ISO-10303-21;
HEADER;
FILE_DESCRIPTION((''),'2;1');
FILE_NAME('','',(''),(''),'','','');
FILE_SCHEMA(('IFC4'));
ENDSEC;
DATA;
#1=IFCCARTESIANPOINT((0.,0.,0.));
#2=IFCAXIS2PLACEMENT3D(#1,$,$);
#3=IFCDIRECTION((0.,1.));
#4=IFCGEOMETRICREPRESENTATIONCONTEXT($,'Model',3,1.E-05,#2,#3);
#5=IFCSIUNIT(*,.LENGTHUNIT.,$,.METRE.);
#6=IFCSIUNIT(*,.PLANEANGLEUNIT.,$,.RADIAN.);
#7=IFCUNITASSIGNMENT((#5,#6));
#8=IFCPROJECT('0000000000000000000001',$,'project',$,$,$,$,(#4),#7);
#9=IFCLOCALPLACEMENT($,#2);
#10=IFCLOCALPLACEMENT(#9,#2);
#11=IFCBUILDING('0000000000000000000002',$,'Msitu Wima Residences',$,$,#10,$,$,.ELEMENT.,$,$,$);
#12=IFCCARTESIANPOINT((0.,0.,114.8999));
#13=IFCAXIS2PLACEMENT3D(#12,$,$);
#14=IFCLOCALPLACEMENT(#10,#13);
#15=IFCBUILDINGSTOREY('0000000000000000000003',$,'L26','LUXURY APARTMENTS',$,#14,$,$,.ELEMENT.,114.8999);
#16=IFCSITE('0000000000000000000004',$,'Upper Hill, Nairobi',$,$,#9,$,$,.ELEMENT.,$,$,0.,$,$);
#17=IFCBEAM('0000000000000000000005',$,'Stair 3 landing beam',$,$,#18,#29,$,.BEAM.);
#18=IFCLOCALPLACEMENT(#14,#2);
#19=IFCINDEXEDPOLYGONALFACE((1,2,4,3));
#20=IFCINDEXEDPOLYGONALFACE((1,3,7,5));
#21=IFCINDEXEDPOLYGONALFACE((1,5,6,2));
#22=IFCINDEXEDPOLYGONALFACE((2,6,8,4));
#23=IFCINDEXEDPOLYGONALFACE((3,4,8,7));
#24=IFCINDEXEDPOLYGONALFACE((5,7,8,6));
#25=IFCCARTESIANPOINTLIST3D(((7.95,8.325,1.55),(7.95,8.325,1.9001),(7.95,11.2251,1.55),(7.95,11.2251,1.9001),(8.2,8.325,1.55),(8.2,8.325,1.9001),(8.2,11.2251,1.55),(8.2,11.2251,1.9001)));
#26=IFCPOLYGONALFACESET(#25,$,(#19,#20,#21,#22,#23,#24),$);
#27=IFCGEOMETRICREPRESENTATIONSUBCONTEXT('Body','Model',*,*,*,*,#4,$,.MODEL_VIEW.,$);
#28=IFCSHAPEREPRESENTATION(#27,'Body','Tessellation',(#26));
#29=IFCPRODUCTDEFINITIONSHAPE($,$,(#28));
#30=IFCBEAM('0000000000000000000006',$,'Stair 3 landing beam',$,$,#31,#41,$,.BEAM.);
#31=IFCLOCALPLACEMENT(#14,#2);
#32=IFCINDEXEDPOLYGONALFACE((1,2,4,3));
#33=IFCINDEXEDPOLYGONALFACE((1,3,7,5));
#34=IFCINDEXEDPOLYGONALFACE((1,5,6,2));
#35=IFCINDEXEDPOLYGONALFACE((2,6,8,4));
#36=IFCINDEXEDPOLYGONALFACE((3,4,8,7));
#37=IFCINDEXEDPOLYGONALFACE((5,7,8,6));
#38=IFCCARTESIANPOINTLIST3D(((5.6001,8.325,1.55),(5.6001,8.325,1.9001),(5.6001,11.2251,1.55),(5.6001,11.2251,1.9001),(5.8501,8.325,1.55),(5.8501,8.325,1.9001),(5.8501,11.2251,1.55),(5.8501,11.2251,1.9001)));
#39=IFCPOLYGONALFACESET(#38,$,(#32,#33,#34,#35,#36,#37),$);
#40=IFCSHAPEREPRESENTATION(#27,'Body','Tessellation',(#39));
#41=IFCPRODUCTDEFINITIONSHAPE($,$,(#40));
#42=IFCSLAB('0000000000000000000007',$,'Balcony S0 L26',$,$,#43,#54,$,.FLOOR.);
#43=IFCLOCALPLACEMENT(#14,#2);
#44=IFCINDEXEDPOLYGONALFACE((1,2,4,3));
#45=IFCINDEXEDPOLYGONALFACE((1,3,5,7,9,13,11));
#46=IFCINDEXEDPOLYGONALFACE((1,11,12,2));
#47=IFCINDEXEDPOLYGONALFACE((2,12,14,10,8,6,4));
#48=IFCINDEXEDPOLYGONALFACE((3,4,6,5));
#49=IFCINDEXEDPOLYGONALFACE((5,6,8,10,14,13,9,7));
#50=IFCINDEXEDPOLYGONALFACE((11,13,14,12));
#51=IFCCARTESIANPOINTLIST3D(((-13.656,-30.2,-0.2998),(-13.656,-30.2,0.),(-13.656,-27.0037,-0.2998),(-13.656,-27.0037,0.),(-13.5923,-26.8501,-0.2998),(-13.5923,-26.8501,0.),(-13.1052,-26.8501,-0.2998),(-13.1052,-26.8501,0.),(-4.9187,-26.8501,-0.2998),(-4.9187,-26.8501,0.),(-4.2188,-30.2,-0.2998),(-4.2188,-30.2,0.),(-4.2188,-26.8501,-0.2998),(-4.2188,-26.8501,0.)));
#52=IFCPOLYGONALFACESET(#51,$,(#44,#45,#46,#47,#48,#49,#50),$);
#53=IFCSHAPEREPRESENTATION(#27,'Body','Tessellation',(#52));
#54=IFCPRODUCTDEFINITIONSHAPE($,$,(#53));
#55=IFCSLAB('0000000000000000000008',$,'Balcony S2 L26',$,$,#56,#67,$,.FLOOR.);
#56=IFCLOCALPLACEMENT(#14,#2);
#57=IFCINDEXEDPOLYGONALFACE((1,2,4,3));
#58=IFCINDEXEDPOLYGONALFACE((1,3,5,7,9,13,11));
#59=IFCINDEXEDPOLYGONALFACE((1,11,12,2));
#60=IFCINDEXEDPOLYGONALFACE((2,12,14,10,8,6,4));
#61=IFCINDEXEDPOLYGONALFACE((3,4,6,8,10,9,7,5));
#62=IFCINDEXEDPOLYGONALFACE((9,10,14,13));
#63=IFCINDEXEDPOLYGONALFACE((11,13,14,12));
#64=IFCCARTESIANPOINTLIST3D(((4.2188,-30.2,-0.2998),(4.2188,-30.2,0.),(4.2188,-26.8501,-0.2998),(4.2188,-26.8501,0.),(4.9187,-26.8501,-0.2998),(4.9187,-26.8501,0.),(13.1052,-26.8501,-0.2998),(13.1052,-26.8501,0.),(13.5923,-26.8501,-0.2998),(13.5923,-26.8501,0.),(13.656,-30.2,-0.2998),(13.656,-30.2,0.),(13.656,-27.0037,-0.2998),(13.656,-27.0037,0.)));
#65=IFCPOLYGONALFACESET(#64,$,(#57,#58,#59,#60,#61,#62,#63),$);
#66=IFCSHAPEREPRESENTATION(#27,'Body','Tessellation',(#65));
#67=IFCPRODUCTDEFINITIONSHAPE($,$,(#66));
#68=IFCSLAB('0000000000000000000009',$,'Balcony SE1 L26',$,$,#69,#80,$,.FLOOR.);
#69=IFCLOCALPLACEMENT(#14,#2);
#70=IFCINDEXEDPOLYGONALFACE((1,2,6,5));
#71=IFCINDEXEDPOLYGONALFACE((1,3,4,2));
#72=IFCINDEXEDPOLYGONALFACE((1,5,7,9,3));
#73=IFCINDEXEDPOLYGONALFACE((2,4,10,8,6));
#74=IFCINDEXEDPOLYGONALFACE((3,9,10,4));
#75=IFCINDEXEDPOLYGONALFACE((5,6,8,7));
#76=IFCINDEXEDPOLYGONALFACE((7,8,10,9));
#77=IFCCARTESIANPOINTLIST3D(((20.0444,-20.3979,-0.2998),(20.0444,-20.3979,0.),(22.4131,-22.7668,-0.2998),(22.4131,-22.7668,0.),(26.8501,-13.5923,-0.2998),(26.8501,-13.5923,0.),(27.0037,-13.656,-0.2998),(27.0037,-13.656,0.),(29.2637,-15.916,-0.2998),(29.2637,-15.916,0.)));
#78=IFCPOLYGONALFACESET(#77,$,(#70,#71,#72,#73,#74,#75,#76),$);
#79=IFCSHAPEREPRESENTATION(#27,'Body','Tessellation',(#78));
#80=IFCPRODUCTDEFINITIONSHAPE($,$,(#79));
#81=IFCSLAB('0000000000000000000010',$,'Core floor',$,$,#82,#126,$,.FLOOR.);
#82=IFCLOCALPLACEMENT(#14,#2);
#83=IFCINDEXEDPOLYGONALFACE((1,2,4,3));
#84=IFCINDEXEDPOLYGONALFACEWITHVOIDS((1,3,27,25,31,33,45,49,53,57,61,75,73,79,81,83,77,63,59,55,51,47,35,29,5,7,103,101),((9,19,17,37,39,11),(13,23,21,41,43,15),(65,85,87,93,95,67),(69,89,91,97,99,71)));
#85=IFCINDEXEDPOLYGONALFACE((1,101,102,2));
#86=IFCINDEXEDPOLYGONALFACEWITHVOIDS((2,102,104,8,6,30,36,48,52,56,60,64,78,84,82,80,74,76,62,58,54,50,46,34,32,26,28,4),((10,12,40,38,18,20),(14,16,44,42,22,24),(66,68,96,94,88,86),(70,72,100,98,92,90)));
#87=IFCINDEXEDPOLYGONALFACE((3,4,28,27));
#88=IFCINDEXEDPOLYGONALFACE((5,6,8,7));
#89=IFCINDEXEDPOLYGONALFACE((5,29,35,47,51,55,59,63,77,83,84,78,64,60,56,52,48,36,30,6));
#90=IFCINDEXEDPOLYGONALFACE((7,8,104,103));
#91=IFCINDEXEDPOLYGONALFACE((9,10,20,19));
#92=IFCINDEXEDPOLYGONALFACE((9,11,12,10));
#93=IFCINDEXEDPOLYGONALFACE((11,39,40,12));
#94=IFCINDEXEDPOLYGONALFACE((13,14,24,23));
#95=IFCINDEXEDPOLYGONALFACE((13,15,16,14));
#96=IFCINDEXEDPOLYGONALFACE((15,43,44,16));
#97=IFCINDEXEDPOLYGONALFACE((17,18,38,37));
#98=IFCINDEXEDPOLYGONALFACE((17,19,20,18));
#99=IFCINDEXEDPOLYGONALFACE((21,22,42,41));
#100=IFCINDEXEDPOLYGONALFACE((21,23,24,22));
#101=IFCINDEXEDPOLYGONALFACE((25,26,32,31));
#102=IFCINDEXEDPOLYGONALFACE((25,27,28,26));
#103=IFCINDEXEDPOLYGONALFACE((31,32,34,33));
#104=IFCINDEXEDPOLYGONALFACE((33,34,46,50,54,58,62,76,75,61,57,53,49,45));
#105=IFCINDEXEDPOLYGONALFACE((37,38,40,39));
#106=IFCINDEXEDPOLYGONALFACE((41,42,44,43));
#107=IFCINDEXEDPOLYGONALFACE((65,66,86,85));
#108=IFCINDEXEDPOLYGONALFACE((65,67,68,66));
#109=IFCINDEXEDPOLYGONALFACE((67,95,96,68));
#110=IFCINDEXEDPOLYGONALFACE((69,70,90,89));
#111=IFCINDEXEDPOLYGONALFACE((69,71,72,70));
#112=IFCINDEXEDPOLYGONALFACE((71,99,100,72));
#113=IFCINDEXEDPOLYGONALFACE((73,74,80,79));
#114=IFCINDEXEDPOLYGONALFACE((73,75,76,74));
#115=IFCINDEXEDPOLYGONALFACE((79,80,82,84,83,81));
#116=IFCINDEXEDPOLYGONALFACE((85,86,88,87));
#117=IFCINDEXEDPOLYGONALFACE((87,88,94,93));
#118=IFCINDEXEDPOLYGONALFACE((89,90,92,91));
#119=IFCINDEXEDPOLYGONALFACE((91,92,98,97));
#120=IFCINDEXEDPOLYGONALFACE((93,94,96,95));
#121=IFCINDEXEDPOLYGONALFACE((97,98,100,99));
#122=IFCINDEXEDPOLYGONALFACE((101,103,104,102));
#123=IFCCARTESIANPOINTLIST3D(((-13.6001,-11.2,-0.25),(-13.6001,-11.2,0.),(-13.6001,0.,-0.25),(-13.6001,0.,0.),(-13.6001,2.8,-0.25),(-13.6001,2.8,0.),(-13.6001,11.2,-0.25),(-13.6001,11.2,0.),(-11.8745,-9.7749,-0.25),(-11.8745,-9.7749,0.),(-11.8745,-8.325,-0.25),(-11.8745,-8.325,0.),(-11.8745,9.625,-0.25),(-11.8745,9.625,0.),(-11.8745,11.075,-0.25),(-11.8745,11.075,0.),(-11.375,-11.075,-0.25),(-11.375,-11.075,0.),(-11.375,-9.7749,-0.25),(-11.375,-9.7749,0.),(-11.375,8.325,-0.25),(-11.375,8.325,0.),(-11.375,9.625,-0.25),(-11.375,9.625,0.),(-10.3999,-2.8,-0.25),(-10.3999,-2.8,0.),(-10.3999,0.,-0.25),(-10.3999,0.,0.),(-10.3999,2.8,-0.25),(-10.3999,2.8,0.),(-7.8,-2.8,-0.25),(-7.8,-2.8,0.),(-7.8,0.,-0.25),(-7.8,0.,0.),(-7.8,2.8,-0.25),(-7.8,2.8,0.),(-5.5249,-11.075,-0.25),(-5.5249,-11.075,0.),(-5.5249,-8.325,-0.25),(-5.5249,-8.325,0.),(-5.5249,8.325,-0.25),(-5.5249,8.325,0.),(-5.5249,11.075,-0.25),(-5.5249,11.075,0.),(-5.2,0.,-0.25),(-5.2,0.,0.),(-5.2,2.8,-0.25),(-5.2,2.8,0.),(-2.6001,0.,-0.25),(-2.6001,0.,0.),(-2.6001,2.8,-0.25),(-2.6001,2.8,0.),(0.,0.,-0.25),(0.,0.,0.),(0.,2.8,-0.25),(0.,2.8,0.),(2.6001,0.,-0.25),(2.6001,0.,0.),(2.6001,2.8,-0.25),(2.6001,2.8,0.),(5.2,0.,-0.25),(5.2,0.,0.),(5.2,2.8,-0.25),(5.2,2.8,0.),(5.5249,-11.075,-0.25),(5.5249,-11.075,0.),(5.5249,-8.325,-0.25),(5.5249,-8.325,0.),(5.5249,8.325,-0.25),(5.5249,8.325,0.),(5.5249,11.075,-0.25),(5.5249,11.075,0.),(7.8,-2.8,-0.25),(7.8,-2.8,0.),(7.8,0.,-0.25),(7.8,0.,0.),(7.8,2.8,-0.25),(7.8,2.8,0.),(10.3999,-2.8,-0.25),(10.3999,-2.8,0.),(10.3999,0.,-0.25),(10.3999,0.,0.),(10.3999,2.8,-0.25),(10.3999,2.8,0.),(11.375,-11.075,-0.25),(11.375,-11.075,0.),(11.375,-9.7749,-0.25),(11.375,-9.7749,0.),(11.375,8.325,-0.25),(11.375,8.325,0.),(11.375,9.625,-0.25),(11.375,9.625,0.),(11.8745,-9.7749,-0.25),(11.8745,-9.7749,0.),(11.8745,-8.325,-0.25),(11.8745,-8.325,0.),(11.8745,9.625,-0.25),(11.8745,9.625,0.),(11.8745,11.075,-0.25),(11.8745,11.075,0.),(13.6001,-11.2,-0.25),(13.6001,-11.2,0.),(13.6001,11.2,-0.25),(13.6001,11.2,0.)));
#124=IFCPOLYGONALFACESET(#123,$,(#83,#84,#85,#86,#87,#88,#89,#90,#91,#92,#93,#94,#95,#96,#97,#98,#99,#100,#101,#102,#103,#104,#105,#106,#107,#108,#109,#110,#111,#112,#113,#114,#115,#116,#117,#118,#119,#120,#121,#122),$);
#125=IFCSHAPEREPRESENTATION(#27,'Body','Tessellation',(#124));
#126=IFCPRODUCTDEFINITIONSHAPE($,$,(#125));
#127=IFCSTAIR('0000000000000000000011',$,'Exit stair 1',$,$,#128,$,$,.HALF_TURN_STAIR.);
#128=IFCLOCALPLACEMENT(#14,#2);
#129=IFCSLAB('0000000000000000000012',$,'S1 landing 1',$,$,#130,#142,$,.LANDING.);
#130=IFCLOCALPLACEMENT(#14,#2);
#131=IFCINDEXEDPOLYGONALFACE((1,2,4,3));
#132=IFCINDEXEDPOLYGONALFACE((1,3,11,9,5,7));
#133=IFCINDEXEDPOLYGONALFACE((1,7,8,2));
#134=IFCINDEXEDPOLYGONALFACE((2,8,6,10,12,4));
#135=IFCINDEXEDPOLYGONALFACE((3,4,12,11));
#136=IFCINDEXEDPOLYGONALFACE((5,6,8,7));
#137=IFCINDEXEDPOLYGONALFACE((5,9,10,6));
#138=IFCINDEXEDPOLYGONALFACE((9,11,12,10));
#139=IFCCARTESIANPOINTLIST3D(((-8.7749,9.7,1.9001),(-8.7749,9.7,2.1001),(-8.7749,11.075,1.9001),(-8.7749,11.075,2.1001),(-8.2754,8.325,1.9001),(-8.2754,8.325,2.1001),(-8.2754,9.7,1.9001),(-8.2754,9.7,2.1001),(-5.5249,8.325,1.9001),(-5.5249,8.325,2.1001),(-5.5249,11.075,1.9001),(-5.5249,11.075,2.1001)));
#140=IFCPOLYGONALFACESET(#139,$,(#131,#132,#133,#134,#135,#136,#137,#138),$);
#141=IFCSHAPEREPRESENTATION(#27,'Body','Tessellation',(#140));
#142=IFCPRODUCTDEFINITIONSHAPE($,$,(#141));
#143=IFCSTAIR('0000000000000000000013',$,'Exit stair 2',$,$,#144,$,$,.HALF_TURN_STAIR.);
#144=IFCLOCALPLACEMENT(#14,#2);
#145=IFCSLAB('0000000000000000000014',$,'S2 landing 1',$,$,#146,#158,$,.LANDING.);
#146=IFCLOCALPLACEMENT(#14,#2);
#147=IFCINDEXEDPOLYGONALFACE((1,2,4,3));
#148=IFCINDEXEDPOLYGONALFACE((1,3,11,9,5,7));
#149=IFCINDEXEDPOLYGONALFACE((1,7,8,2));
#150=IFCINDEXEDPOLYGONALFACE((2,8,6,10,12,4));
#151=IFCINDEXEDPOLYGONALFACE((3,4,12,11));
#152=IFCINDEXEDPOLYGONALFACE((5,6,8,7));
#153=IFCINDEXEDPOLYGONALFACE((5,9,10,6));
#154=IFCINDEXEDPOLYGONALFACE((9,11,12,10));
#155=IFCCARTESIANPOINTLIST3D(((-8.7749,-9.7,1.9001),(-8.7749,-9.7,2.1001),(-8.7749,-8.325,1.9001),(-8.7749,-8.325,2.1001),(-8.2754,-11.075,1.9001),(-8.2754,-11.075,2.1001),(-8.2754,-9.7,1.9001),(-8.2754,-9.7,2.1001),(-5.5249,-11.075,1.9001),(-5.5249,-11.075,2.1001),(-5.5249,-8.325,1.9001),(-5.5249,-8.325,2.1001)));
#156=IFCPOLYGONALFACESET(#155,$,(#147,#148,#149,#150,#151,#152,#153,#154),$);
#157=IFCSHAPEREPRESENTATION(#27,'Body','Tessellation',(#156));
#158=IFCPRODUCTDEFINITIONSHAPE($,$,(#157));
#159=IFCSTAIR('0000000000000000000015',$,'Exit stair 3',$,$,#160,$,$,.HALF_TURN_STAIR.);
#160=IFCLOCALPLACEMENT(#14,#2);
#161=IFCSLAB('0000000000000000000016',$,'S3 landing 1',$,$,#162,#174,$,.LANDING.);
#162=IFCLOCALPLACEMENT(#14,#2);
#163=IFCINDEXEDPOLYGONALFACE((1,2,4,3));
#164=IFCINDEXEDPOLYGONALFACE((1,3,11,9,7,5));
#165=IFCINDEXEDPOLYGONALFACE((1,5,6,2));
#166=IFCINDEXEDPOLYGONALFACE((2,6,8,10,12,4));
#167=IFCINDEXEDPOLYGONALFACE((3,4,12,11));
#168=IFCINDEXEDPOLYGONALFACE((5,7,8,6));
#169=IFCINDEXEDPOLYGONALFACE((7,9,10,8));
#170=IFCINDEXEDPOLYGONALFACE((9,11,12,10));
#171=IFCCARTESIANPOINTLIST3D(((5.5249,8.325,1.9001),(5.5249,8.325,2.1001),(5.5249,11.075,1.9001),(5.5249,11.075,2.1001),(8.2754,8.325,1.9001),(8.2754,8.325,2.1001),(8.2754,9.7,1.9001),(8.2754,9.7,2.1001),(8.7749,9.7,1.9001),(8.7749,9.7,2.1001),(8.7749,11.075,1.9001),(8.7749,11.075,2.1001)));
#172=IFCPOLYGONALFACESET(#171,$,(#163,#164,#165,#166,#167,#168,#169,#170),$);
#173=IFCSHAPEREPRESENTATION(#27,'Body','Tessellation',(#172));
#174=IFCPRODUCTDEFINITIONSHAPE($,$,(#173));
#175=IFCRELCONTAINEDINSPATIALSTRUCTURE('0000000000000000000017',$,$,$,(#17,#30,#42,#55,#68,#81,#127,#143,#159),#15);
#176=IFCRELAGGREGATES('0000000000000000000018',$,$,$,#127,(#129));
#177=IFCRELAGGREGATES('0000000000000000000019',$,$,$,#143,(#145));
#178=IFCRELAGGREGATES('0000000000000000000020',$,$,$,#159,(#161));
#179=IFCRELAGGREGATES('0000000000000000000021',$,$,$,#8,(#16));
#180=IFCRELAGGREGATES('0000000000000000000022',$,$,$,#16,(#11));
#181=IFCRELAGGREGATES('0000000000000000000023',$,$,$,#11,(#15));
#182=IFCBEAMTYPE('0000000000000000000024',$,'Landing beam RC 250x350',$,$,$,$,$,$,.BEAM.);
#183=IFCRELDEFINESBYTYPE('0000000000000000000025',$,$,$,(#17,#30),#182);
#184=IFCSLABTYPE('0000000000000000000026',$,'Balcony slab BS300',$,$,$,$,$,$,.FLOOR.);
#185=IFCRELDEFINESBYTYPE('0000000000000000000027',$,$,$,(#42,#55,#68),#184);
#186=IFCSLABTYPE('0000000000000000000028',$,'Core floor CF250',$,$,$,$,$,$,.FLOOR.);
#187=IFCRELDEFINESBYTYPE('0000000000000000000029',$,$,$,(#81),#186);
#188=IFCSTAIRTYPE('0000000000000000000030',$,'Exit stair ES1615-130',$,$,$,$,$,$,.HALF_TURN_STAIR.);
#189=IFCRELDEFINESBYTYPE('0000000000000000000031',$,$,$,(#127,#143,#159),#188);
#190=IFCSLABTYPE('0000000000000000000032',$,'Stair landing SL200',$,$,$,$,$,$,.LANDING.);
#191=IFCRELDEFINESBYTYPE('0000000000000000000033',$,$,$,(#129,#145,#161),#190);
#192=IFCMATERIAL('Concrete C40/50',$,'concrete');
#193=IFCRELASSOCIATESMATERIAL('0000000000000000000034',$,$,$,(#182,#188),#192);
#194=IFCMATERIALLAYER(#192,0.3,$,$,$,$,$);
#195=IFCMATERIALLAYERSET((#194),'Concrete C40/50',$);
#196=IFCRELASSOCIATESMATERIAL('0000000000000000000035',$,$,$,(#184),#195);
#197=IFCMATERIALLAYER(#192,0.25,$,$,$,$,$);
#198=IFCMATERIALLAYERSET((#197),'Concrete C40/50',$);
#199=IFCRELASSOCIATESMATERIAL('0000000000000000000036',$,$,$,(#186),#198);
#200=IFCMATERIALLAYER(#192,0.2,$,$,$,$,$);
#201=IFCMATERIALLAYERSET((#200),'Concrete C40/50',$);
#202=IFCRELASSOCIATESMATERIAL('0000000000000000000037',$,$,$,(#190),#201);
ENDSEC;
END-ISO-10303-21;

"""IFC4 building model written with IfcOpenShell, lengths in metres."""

from ifc_helpers import new_model, si_unit, direction, frame, origin, origin_2d, place, context, subcontext, project, spatial, polyline, rectangle, outline, extrude, material, layer, layer_set, material_profile, profile_set, type_object, element, aggregate, save


model = new_model("IFC4")

# Units and contexts
model_context = context("Model", 3, precision=1e-05, world=origin(), true_north=direction((0.0, 1.0)))
body_context = subcontext(model_context, "Body", "Model", "MODEL_VIEW")
ifc_project = project(units=[si_unit("LENGTHUNIT", "METRE"), si_unit("PLANEANGLEUNIT", "RADIAN")], contexts=[model_context])

# Site, building, storey
site_placement = place(None, origin())
site = spatial("IfcSite", under=ifc_project, at=site_placement, Name="Upper Hill, Nairobi", CompositionType="ELEMENT", RefElevation=0.0)
building_placement = place(site_placement, origin())
building = spatial("IfcBuilding", under=site, at=building_placement, Name="Msitu Wima Residences", CompositionType="ELEMENT")
storey_placement = place(building_placement, frame((0.0, 0.0, 114.8999)))
storey = spatial("IfcBuildingStorey", under=building, at=storey_placement, Name="L26", Description="LUXURY APARTMENTS", CompositionType="ELEMENT", Elevation=114.8999)

# Beams
ifc_material_1 = material(Name="Concrete C40/50", Category="concrete")
ifc_material_profile = material_profile(ifc_material_1, rectangle(XDim=0.25, YDim=0.3501, at=origin_2d()), Name="RC 250x350")
ifc_profile_set = profile_set([ifc_material_profile], Name="Concrete C40/50")
beam_type = type_object("IfcBeamType", Name="Landing beam RC 250x350", PredefinedType="BEAM", material=ifc_profile_set)
for number, where, z_axis, x_axis, name in (
    (1, (8.075, 8.325, 1.7251), (0.0, 1.0, 0.0), (-1.0, 0.0, 0.0), "Stair 3 landing beam"),
    (2, (5.7251, 8.325, 1.7251), (0.0, 1.0, 0.0), (-1.0, 0.0, 0.0), "Stair 3 landing beam"),
):
    element("IfcBeam", number, at=place(storey_placement, frame(where, z_axis=z_axis, x_axis=x_axis)), inside=storey, type_object=beam_type, Name=name, PredefinedType="BEAM", context=body_context, shape_type="SweptSolid", body=[
        extrude(rectangle(XDim=0.25, YDim=0.3501, at=origin_2d()), origin(), (0.0, 0.0, 1.0), 2.9001),
    ])

# Slabs
ifc_layer_1 = layer(ifc_material_1, 0.3)
ifc_layer_set_1 = layer_set([ifc_layer_1], Name="Concrete C40/50")
slab_type_1 = type_object("IfcSlabType", Name="Balcony slab BS300", PredefinedType="FLOOR", material=ifc_layer_set_1)
slab_1_placement = place(storey_placement, frame((0.0, 0.0, -0.2998)))
element("IfcSlab", 3, at=slab_1_placement, inside=storey, type_object=slab_type_1, Name="Balcony S0 L26", PredefinedType="FLOOR", context=body_context, shape_type="SweptSolid", body=[
    extrude(outline(polyline([(-13.1052, -26.8501), (-13.1052, -26.8501), (-4.9187, -26.8501), (-4.9187, -26.8501), (-4.2188, -26.8501), (-4.2188, -30.2), (-13.656, -30.2), (-13.656, -27.0037), (-13.5923, -26.8501), (-13.1052, -26.8501), (-13.1052, -26.8501)])), origin(), (0.0, 0.0, 1.0), 0.2998),
])
slab_2_placement = place(storey_placement, frame((0.0, 0.0, -0.2998)))
element("IfcSlab", 4, at=slab_2_placement, inside=storey, type_object=slab_type_1, Name="Balcony S2 L26", PredefinedType="FLOOR", context=body_context, shape_type="SweptSolid", body=[
    extrude(outline(polyline([(13.1052, -26.8501), (13.1052, -26.8501), (13.5923, -26.8501), (13.656, -27.0037), (13.656, -30.2), (4.2188, -30.2), (4.2188, -26.8501), (4.9187, -26.8501), (4.9187, -26.8501), (13.1052, -26.8501), (13.1052, -26.8501)])), origin(), (0.0, 0.0, 1.0), 0.2998),
])
slab_3_placement = place(storey_placement, frame((0.0, 0.0, -0.2998)))
element("IfcSlab", 5, at=slab_3_placement, inside=storey, type_object=slab_type_1, Name="Balcony SE1 L26", PredefinedType="FLOOR", context=body_context, shape_type="SweptSolid", body=[
    extrude(outline(polyline([(29.2637, -15.916), (22.4131, -22.7668), (20.0444, -20.3979), (26.8501, -13.5923), (27.0037, -13.656), (29.2637, -15.916)])), origin(), (0.0, 0.0, 1.0), 0.2998),
])
ifc_layer_2 = layer(ifc_material_1, 0.25)
ifc_layer_set_2 = layer_set([ifc_layer_2], Name="Concrete C40/50")
slab_type_2 = type_object("IfcSlabType", Name="Core floor CF250", PredefinedType="FLOOR", material=ifc_layer_set_2)
slab_4_placement = place(storey_placement, frame((0.0, 0.0, -0.25)))
element("IfcSlab", 6, at=slab_4_placement, inside=storey, type_object=slab_type_2, Name="Core floor", PredefinedType="FLOOR", context=body_context, shape_type="SweptSolid", body=[
    extrude(outline(polyline([(-13.6001, 11.2), (-13.6001, 2.8), (-10.3999, 2.8), (-7.8, 2.8), (-5.2, 2.8), (-2.6001, 2.8), (0.0, 2.8), (2.6001, 2.8), (5.2, 2.8), (7.8, 2.8), (10.3999, 2.8), (10.3999, 0.0), (10.3999, -2.8), (7.8, -2.8), (7.8, 0.0), (5.2, 0.0), (2.6001, 0.0), (0.0, 0.0), (-2.6001, 0.0), (-5.2, 0.0), (-7.8, 0.0), (-7.8, -2.8), (-10.3999, -2.8), (-10.3999, 0.0), (-13.6001, 0.0), (-13.6001, -11.2), (13.6001, -11.2), (13.6001, 11.2), (-13.6001, 11.2)]), holes=[polyline([(-11.375, -11.075), (-11.375, -9.7749), (-11.8745, -9.7749), (-11.8745, -8.325), (-5.5249, -8.325), (-5.5249, -11.075), (-11.375, -11.075)]), polyline([(-11.375, 9.625), (-11.8745, 9.625), (-11.8745, 11.075), (-5.5249, 11.075), (-5.5249, 8.325), (-11.375, 8.325), (-11.375, 9.625)]), polyline([(11.375, -9.7749), (11.375, -11.075), (5.5249, -11.075), (5.5249, -8.325), (11.8745, -8.325), (11.8745, -9.7749), (11.375, -9.7749)]), polyline([(11.375, 9.625), (11.375, 8.325), (5.5249, 8.325), (5.5249, 11.075), (11.8745, 11.075), (11.8745, 9.625), (11.375, 9.625)])]), origin(), (0.0, 0.0, 1.0), 0.25),
])

# Stairs, slabs
stair_type = type_object("IfcStairType", Name="Exit stair ES1615-130", PredefinedType="HALF_TURN_STAIR", material=ifc_material_1)
stair_1_placement = place(storey_placement, origin())
stair_1 = element("IfcStair", 7, at=stair_1_placement, inside=storey, type_object=stair_type, Name="Exit stair 1", PredefinedType="HALF_TURN_STAIR")
ifc_layer_3 = layer(ifc_material_1, 0.2)
ifc_layer_set_3 = layer_set([ifc_layer_3], Name="Concrete C40/50")
slab_type_3 = type_object("IfcSlabType", Name="Stair landing SL200", PredefinedType="LANDING", material=ifc_layer_set_3)
slab_5_placement = place(storey_placement, frame((0.0, 0.0, 1.9001)))
slab_5 = element("IfcSlab", 8, at=slab_5_placement, type_object=slab_type_3, Name="S1 landing 1", PredefinedType="LANDING", context=body_context, shape_type="SweptSolid", body=[
    extrude(outline(polyline([(-5.5249, 8.325), (-8.2754, 8.325), (-8.2754, 9.7), (-8.7749, 9.7), (-8.7749, 11.075), (-5.5249, 11.075), (-5.5249, 8.325)])), origin(), (0.0, 0.0, 1.0), 0.2),
])
aggregate(stair_1, [slab_5])
stair_2_placement = place(storey_placement, origin())
stair_2 = element("IfcStair", 9, at=stair_2_placement, inside=storey, type_object=stair_type, Name="Exit stair 2", PredefinedType="HALF_TURN_STAIR")
slab_6_placement = place(storey_placement, frame((0.0, 0.0, 1.9001)))
slab_6 = element("IfcSlab", 10, at=slab_6_placement, type_object=slab_type_3, Name="S2 landing 1", PredefinedType="LANDING", context=body_context, shape_type="SweptSolid", body=[
    extrude(outline(polyline([(-5.5249, -11.075), (-8.2754, -11.075), (-8.2754, -9.7), (-8.7749, -9.7), (-8.7749, -8.325), (-5.5249, -8.325), (-5.5249, -11.075)])), origin(), (0.0, 0.0, 1.0), 0.2),
])
aggregate(stair_2, [slab_6])
stair_3_placement = place(storey_placement, origin())
stair_3 = element("IfcStair", 11, at=stair_3_placement, inside=storey, type_object=stair_type, Name="Exit stair 3", PredefinedType="HALF_TURN_STAIR")
slab_7_placement = place(storey_placement, frame((0.0, 0.0, 1.9001)))
slab_7 = element("IfcSlab", 12, at=slab_7_placement, type_object=slab_type_3, Name="S3 landing 1", PredefinedType="LANDING", context=body_context, shape_type="SweptSolid", body=[
    extrude(outline(polyline([(5.5249, 8.325), (8.2754, 8.325), (8.2754, 9.7), (8.7749, 9.7), (8.7749, 11.075), (5.5249, 11.075), (5.5249, 8.325)])), origin(), (0.0, 0.0, 1.0), 0.2),
])

aggregate(stair_3, [slab_7])

save(model, "model.ifc")
